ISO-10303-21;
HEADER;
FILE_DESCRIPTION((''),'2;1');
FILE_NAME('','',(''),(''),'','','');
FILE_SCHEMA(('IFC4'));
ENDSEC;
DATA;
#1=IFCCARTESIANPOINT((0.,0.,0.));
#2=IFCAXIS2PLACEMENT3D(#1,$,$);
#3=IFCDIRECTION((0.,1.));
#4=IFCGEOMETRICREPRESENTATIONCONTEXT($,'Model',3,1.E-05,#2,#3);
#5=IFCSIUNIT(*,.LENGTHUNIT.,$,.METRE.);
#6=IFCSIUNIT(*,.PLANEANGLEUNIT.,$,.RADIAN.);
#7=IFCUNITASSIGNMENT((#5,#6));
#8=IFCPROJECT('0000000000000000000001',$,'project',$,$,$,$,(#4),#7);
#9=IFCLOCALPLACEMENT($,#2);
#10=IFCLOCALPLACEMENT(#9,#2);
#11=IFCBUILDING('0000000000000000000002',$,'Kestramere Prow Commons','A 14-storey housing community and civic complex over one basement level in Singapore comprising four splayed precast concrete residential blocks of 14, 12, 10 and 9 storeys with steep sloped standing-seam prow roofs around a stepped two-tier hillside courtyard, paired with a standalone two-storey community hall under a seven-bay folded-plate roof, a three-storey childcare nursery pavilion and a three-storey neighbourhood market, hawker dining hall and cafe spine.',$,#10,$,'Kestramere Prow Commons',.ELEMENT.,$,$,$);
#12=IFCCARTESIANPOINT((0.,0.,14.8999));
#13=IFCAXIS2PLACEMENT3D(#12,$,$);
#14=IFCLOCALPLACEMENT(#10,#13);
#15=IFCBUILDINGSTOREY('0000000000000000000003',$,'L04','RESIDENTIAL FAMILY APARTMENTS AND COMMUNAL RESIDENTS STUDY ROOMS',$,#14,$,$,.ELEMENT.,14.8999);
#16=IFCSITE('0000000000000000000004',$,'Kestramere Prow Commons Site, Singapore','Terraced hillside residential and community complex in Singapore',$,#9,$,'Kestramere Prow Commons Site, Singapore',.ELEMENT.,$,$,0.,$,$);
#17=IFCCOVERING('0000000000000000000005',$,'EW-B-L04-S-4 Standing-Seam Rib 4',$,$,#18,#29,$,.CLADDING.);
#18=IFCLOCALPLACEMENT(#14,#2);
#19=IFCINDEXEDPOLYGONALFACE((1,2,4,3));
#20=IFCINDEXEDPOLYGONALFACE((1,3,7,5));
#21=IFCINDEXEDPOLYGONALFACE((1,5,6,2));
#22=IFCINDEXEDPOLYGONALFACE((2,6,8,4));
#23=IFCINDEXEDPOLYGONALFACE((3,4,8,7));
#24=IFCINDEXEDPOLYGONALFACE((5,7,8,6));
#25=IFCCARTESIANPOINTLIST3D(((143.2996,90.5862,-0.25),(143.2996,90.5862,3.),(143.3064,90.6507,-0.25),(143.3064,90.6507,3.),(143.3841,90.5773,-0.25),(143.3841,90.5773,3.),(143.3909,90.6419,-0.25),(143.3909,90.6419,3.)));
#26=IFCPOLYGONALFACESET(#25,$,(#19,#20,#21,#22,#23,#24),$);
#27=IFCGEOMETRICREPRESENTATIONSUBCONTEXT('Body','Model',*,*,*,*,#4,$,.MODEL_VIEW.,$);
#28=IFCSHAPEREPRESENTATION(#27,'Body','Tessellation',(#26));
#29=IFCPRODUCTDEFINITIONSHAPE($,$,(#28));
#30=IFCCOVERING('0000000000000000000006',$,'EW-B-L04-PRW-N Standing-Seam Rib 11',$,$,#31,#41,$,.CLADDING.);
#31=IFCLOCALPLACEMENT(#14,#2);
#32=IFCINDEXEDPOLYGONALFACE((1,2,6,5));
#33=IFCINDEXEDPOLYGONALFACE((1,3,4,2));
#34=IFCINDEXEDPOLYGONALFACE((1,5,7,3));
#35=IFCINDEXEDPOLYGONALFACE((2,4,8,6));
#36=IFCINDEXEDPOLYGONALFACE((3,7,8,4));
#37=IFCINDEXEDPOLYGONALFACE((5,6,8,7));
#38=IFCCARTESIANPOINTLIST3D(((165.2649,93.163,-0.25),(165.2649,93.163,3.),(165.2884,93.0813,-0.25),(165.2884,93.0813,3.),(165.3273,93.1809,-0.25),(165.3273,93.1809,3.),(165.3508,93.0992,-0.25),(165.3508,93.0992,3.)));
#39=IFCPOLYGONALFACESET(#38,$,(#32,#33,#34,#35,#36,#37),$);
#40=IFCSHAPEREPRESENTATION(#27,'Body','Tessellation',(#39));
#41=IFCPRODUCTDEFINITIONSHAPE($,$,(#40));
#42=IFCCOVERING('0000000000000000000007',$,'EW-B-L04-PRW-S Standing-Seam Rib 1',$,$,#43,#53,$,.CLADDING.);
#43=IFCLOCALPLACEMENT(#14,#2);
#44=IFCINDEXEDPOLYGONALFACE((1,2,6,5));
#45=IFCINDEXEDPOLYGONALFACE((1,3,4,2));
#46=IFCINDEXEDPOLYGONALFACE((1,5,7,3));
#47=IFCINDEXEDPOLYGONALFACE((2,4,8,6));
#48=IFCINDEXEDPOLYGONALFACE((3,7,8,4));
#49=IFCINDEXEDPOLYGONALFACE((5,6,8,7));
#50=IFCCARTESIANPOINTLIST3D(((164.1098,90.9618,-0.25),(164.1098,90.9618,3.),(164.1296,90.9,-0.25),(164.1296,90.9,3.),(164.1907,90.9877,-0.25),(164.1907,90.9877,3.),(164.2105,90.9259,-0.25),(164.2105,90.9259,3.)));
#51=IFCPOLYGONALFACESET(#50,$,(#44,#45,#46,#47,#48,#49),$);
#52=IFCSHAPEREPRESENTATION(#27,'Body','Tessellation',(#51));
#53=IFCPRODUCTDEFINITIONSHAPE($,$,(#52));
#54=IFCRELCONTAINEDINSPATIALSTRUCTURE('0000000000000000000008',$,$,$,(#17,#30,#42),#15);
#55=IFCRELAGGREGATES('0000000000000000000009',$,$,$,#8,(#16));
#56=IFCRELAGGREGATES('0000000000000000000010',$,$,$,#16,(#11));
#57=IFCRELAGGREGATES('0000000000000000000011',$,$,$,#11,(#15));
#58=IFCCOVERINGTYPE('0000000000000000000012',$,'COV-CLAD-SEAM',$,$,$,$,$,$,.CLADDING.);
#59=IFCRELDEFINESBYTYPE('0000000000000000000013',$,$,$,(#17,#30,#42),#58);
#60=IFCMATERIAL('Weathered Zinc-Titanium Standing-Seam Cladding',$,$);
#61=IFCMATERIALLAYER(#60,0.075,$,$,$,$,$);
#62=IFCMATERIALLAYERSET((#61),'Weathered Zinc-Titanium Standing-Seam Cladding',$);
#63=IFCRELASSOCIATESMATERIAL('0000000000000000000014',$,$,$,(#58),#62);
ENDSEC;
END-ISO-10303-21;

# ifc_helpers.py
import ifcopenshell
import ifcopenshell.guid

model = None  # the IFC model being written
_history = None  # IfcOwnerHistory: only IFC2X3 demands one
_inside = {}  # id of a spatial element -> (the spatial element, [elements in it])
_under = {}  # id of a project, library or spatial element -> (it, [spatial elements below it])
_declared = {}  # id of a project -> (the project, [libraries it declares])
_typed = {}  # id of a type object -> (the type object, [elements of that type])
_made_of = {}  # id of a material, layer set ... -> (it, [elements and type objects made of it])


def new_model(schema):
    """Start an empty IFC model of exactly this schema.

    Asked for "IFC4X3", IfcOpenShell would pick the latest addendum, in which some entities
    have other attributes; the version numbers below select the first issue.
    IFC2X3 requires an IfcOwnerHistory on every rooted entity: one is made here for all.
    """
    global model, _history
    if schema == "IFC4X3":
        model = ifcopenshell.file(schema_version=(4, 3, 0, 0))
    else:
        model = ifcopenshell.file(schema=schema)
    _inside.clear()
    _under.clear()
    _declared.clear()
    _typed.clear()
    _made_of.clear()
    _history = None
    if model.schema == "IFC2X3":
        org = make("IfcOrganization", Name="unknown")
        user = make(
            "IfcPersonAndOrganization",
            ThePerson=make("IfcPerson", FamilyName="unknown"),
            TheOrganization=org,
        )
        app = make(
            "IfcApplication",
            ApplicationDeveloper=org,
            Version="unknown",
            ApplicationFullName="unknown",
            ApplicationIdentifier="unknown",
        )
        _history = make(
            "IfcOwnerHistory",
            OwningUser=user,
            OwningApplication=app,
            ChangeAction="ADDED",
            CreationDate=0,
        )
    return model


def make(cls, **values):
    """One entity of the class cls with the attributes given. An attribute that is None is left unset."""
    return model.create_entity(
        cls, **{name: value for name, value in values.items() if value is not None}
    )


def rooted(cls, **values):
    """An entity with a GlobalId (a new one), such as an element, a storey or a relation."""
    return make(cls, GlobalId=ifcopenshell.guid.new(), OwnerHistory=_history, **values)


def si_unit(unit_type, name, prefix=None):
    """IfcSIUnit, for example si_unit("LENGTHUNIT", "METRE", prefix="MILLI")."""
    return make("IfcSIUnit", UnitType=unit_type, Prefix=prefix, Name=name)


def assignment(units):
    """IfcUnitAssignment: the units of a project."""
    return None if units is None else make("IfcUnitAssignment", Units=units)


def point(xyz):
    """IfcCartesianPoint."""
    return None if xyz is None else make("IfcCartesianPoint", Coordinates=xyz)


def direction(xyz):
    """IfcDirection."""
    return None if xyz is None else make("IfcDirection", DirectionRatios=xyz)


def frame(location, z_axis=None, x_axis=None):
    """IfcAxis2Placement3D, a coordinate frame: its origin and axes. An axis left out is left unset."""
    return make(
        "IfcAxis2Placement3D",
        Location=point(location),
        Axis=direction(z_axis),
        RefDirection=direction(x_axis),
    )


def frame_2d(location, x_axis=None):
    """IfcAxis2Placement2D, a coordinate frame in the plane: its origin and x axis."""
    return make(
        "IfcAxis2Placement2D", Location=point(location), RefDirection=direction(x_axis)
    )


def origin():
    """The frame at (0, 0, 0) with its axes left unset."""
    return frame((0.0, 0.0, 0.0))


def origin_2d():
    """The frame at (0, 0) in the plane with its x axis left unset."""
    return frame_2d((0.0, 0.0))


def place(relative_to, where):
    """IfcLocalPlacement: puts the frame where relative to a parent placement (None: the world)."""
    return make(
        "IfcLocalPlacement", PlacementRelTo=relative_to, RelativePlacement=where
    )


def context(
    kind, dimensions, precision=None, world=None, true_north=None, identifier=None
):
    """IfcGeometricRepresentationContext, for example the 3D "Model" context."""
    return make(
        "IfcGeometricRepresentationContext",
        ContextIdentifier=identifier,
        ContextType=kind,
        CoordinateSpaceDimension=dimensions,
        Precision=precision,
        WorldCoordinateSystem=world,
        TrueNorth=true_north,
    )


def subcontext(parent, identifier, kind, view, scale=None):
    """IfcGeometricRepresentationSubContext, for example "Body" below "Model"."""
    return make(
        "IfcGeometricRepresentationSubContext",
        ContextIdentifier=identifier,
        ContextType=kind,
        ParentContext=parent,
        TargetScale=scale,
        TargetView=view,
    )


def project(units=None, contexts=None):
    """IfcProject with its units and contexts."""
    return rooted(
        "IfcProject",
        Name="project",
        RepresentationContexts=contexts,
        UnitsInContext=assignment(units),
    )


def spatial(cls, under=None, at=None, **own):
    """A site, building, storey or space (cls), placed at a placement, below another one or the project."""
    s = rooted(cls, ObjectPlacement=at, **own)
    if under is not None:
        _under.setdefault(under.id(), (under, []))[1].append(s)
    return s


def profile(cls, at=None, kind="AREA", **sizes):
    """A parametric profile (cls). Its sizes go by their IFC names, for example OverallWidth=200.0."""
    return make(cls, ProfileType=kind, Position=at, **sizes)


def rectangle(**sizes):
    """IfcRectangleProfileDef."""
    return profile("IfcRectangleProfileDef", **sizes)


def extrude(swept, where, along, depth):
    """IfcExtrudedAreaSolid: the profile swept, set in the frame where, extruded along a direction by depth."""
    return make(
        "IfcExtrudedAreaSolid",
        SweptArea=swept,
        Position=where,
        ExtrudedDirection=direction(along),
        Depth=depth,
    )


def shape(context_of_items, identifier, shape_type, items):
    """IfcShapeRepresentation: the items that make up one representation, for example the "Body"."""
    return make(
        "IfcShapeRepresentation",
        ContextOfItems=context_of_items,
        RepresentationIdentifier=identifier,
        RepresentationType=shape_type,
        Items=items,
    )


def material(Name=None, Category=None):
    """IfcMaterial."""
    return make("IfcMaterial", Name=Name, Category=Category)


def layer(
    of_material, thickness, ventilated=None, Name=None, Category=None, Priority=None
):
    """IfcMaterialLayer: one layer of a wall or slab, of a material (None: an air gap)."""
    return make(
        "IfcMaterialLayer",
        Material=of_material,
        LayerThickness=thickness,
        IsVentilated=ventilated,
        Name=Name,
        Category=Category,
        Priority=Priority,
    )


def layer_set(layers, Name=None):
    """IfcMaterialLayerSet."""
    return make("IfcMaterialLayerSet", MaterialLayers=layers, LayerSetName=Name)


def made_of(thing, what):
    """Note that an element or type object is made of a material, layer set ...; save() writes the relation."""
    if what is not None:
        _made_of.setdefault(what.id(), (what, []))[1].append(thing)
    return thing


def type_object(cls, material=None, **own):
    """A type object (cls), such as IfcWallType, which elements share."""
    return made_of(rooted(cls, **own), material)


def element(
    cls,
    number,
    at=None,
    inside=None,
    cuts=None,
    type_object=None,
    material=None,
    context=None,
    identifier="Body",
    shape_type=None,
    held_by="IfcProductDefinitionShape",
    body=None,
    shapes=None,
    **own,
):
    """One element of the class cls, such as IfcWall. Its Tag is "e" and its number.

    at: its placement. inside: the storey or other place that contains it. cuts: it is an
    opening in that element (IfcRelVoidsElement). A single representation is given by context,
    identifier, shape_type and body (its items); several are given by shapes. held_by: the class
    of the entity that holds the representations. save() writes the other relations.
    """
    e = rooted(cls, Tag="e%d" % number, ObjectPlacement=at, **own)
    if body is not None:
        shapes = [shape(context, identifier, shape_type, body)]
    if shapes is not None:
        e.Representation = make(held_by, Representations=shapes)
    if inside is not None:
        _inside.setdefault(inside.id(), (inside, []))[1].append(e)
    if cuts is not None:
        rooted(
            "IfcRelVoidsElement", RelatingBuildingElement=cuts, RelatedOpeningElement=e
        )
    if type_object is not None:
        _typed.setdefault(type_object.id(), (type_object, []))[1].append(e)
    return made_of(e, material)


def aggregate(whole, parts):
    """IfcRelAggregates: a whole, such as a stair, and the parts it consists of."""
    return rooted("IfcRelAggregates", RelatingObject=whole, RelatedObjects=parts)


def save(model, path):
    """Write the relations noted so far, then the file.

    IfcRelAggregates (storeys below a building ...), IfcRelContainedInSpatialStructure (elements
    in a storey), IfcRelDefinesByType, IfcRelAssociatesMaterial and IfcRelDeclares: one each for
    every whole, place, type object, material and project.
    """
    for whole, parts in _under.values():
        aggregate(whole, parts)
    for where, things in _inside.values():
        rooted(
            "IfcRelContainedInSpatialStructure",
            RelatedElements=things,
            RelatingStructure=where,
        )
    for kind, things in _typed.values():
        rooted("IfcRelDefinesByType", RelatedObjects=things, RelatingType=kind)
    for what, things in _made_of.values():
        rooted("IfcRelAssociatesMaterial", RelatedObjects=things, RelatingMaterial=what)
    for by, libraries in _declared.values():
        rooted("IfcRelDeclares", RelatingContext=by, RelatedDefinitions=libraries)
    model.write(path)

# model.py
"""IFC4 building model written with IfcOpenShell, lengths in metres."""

from ifc_helpers import new_model, si_unit, direction, frame, origin, origin_2d, place, context, subcontext, project, spatial, rectangle, extrude, material, layer, layer_set, type_object, element, save


model = new_model("IFC4")

# Units and contexts
model_context = context("Model", 3, precision=1e-05, world=origin(), true_north=direction((0.0, 1.0)))
body_context = subcontext(model_context, "Body", "Model", "MODEL_VIEW")
ifc_project = project(units=[si_unit("LENGTHUNIT", "METRE"), si_unit("PLANEANGLEUNIT", "RADIAN")], contexts=[model_context])

# Site, building, storey
site_placement = place(None, origin())
site = spatial("IfcSite", under=ifc_project, at=site_placement, Name="Kestramere Prow Commons Site, Singapore", Description="Terraced hillside residential and community complex in Singapore", LongName="Kestramere Prow Commons Site, Singapore", CompositionType="ELEMENT", RefElevation=0.0)
building_placement = place(site_placement, origin())
building = spatial("IfcBuilding", under=site, at=building_placement, Name="Kestramere Prow Commons", Description="A 14-storey housing community and civic complex over one basement level in Singapore comprising four splayed precast concrete residential blocks of 14, 12, 10 and 9 storeys with steep sloped standing-seam prow roofs around a stepped two-tier hillside courtyard, paired with a standalone two-storey community hall under a seven-bay folded-plate roof, a three-storey childcare nursery pavilion and a three-storey neighbourhood market, hawker dining hall and cafe spine.", LongName="Kestramere Prow Commons", CompositionType="ELEMENT")
storey_placement = place(building_placement, frame((0.0, 0.0, 14.8999)))
storey = spatial("IfcBuildingStorey", under=building, at=storey_placement, Name="L04", Description="RESIDENTIAL FAMILY APARTMENTS AND COMMUNAL RESIDENTS STUDY ROOMS", CompositionType="ELEMENT", Elevation=14.8999)

# Shared definitions
ifc_material_1 = material(Name="Weathered Zinc-Titanium Standing-Seam Cladding")

# Coverings
ifc_layer_1 = layer(ifc_material_1, 0.075)
ifc_layer_set_1 = layer_set([ifc_layer_1], Name="Weathered Zinc-Titanium Standing-Seam Cladding")
covering_type = type_object("IfcCoveringType", Name="COV-CLAD-SEAM", PredefinedType="CLADDING", material=ifc_layer_set_1)
for number, where, z_axis, x_axis, name in (
    (1, (143.3452, 90.614, -0.25), (0.0, 0.0, 1.0), (-0.994522, 0.104528, 0.0), "EW-B-L04-S-4 Standing-Seam Rib 4"),
    (2, (165.3079, 93.1311, -0.25), (0.0, 0.0, 1.0), (0.276318, -0.961066, 0.0), "EW-B-L04-PRW-N Standing-Seam Rib 11"),
    (3, (164.1602, 90.9438, -0.25), (0.0, 0.0, 1.0), (-0.952283, -0.305215, 0.0), "EW-B-L04-PRW-S Standing-Seam Rib 1"),
):
    element("IfcCovering", number, at=place(storey_placement, frame(where, z_axis=z_axis, x_axis=x_axis)), inside=storey, type_object=covering_type, Name=name, PredefinedType="CLADDING", context=body_context, shape_type="SweptSolid", body=[
        extrude(rectangle(XDim=0.085, YDim=0.0649, at=origin_2d()), origin(), (0.0, 0.0, 1.0), 3.25),
    ])

save(model, "model.ifc")
